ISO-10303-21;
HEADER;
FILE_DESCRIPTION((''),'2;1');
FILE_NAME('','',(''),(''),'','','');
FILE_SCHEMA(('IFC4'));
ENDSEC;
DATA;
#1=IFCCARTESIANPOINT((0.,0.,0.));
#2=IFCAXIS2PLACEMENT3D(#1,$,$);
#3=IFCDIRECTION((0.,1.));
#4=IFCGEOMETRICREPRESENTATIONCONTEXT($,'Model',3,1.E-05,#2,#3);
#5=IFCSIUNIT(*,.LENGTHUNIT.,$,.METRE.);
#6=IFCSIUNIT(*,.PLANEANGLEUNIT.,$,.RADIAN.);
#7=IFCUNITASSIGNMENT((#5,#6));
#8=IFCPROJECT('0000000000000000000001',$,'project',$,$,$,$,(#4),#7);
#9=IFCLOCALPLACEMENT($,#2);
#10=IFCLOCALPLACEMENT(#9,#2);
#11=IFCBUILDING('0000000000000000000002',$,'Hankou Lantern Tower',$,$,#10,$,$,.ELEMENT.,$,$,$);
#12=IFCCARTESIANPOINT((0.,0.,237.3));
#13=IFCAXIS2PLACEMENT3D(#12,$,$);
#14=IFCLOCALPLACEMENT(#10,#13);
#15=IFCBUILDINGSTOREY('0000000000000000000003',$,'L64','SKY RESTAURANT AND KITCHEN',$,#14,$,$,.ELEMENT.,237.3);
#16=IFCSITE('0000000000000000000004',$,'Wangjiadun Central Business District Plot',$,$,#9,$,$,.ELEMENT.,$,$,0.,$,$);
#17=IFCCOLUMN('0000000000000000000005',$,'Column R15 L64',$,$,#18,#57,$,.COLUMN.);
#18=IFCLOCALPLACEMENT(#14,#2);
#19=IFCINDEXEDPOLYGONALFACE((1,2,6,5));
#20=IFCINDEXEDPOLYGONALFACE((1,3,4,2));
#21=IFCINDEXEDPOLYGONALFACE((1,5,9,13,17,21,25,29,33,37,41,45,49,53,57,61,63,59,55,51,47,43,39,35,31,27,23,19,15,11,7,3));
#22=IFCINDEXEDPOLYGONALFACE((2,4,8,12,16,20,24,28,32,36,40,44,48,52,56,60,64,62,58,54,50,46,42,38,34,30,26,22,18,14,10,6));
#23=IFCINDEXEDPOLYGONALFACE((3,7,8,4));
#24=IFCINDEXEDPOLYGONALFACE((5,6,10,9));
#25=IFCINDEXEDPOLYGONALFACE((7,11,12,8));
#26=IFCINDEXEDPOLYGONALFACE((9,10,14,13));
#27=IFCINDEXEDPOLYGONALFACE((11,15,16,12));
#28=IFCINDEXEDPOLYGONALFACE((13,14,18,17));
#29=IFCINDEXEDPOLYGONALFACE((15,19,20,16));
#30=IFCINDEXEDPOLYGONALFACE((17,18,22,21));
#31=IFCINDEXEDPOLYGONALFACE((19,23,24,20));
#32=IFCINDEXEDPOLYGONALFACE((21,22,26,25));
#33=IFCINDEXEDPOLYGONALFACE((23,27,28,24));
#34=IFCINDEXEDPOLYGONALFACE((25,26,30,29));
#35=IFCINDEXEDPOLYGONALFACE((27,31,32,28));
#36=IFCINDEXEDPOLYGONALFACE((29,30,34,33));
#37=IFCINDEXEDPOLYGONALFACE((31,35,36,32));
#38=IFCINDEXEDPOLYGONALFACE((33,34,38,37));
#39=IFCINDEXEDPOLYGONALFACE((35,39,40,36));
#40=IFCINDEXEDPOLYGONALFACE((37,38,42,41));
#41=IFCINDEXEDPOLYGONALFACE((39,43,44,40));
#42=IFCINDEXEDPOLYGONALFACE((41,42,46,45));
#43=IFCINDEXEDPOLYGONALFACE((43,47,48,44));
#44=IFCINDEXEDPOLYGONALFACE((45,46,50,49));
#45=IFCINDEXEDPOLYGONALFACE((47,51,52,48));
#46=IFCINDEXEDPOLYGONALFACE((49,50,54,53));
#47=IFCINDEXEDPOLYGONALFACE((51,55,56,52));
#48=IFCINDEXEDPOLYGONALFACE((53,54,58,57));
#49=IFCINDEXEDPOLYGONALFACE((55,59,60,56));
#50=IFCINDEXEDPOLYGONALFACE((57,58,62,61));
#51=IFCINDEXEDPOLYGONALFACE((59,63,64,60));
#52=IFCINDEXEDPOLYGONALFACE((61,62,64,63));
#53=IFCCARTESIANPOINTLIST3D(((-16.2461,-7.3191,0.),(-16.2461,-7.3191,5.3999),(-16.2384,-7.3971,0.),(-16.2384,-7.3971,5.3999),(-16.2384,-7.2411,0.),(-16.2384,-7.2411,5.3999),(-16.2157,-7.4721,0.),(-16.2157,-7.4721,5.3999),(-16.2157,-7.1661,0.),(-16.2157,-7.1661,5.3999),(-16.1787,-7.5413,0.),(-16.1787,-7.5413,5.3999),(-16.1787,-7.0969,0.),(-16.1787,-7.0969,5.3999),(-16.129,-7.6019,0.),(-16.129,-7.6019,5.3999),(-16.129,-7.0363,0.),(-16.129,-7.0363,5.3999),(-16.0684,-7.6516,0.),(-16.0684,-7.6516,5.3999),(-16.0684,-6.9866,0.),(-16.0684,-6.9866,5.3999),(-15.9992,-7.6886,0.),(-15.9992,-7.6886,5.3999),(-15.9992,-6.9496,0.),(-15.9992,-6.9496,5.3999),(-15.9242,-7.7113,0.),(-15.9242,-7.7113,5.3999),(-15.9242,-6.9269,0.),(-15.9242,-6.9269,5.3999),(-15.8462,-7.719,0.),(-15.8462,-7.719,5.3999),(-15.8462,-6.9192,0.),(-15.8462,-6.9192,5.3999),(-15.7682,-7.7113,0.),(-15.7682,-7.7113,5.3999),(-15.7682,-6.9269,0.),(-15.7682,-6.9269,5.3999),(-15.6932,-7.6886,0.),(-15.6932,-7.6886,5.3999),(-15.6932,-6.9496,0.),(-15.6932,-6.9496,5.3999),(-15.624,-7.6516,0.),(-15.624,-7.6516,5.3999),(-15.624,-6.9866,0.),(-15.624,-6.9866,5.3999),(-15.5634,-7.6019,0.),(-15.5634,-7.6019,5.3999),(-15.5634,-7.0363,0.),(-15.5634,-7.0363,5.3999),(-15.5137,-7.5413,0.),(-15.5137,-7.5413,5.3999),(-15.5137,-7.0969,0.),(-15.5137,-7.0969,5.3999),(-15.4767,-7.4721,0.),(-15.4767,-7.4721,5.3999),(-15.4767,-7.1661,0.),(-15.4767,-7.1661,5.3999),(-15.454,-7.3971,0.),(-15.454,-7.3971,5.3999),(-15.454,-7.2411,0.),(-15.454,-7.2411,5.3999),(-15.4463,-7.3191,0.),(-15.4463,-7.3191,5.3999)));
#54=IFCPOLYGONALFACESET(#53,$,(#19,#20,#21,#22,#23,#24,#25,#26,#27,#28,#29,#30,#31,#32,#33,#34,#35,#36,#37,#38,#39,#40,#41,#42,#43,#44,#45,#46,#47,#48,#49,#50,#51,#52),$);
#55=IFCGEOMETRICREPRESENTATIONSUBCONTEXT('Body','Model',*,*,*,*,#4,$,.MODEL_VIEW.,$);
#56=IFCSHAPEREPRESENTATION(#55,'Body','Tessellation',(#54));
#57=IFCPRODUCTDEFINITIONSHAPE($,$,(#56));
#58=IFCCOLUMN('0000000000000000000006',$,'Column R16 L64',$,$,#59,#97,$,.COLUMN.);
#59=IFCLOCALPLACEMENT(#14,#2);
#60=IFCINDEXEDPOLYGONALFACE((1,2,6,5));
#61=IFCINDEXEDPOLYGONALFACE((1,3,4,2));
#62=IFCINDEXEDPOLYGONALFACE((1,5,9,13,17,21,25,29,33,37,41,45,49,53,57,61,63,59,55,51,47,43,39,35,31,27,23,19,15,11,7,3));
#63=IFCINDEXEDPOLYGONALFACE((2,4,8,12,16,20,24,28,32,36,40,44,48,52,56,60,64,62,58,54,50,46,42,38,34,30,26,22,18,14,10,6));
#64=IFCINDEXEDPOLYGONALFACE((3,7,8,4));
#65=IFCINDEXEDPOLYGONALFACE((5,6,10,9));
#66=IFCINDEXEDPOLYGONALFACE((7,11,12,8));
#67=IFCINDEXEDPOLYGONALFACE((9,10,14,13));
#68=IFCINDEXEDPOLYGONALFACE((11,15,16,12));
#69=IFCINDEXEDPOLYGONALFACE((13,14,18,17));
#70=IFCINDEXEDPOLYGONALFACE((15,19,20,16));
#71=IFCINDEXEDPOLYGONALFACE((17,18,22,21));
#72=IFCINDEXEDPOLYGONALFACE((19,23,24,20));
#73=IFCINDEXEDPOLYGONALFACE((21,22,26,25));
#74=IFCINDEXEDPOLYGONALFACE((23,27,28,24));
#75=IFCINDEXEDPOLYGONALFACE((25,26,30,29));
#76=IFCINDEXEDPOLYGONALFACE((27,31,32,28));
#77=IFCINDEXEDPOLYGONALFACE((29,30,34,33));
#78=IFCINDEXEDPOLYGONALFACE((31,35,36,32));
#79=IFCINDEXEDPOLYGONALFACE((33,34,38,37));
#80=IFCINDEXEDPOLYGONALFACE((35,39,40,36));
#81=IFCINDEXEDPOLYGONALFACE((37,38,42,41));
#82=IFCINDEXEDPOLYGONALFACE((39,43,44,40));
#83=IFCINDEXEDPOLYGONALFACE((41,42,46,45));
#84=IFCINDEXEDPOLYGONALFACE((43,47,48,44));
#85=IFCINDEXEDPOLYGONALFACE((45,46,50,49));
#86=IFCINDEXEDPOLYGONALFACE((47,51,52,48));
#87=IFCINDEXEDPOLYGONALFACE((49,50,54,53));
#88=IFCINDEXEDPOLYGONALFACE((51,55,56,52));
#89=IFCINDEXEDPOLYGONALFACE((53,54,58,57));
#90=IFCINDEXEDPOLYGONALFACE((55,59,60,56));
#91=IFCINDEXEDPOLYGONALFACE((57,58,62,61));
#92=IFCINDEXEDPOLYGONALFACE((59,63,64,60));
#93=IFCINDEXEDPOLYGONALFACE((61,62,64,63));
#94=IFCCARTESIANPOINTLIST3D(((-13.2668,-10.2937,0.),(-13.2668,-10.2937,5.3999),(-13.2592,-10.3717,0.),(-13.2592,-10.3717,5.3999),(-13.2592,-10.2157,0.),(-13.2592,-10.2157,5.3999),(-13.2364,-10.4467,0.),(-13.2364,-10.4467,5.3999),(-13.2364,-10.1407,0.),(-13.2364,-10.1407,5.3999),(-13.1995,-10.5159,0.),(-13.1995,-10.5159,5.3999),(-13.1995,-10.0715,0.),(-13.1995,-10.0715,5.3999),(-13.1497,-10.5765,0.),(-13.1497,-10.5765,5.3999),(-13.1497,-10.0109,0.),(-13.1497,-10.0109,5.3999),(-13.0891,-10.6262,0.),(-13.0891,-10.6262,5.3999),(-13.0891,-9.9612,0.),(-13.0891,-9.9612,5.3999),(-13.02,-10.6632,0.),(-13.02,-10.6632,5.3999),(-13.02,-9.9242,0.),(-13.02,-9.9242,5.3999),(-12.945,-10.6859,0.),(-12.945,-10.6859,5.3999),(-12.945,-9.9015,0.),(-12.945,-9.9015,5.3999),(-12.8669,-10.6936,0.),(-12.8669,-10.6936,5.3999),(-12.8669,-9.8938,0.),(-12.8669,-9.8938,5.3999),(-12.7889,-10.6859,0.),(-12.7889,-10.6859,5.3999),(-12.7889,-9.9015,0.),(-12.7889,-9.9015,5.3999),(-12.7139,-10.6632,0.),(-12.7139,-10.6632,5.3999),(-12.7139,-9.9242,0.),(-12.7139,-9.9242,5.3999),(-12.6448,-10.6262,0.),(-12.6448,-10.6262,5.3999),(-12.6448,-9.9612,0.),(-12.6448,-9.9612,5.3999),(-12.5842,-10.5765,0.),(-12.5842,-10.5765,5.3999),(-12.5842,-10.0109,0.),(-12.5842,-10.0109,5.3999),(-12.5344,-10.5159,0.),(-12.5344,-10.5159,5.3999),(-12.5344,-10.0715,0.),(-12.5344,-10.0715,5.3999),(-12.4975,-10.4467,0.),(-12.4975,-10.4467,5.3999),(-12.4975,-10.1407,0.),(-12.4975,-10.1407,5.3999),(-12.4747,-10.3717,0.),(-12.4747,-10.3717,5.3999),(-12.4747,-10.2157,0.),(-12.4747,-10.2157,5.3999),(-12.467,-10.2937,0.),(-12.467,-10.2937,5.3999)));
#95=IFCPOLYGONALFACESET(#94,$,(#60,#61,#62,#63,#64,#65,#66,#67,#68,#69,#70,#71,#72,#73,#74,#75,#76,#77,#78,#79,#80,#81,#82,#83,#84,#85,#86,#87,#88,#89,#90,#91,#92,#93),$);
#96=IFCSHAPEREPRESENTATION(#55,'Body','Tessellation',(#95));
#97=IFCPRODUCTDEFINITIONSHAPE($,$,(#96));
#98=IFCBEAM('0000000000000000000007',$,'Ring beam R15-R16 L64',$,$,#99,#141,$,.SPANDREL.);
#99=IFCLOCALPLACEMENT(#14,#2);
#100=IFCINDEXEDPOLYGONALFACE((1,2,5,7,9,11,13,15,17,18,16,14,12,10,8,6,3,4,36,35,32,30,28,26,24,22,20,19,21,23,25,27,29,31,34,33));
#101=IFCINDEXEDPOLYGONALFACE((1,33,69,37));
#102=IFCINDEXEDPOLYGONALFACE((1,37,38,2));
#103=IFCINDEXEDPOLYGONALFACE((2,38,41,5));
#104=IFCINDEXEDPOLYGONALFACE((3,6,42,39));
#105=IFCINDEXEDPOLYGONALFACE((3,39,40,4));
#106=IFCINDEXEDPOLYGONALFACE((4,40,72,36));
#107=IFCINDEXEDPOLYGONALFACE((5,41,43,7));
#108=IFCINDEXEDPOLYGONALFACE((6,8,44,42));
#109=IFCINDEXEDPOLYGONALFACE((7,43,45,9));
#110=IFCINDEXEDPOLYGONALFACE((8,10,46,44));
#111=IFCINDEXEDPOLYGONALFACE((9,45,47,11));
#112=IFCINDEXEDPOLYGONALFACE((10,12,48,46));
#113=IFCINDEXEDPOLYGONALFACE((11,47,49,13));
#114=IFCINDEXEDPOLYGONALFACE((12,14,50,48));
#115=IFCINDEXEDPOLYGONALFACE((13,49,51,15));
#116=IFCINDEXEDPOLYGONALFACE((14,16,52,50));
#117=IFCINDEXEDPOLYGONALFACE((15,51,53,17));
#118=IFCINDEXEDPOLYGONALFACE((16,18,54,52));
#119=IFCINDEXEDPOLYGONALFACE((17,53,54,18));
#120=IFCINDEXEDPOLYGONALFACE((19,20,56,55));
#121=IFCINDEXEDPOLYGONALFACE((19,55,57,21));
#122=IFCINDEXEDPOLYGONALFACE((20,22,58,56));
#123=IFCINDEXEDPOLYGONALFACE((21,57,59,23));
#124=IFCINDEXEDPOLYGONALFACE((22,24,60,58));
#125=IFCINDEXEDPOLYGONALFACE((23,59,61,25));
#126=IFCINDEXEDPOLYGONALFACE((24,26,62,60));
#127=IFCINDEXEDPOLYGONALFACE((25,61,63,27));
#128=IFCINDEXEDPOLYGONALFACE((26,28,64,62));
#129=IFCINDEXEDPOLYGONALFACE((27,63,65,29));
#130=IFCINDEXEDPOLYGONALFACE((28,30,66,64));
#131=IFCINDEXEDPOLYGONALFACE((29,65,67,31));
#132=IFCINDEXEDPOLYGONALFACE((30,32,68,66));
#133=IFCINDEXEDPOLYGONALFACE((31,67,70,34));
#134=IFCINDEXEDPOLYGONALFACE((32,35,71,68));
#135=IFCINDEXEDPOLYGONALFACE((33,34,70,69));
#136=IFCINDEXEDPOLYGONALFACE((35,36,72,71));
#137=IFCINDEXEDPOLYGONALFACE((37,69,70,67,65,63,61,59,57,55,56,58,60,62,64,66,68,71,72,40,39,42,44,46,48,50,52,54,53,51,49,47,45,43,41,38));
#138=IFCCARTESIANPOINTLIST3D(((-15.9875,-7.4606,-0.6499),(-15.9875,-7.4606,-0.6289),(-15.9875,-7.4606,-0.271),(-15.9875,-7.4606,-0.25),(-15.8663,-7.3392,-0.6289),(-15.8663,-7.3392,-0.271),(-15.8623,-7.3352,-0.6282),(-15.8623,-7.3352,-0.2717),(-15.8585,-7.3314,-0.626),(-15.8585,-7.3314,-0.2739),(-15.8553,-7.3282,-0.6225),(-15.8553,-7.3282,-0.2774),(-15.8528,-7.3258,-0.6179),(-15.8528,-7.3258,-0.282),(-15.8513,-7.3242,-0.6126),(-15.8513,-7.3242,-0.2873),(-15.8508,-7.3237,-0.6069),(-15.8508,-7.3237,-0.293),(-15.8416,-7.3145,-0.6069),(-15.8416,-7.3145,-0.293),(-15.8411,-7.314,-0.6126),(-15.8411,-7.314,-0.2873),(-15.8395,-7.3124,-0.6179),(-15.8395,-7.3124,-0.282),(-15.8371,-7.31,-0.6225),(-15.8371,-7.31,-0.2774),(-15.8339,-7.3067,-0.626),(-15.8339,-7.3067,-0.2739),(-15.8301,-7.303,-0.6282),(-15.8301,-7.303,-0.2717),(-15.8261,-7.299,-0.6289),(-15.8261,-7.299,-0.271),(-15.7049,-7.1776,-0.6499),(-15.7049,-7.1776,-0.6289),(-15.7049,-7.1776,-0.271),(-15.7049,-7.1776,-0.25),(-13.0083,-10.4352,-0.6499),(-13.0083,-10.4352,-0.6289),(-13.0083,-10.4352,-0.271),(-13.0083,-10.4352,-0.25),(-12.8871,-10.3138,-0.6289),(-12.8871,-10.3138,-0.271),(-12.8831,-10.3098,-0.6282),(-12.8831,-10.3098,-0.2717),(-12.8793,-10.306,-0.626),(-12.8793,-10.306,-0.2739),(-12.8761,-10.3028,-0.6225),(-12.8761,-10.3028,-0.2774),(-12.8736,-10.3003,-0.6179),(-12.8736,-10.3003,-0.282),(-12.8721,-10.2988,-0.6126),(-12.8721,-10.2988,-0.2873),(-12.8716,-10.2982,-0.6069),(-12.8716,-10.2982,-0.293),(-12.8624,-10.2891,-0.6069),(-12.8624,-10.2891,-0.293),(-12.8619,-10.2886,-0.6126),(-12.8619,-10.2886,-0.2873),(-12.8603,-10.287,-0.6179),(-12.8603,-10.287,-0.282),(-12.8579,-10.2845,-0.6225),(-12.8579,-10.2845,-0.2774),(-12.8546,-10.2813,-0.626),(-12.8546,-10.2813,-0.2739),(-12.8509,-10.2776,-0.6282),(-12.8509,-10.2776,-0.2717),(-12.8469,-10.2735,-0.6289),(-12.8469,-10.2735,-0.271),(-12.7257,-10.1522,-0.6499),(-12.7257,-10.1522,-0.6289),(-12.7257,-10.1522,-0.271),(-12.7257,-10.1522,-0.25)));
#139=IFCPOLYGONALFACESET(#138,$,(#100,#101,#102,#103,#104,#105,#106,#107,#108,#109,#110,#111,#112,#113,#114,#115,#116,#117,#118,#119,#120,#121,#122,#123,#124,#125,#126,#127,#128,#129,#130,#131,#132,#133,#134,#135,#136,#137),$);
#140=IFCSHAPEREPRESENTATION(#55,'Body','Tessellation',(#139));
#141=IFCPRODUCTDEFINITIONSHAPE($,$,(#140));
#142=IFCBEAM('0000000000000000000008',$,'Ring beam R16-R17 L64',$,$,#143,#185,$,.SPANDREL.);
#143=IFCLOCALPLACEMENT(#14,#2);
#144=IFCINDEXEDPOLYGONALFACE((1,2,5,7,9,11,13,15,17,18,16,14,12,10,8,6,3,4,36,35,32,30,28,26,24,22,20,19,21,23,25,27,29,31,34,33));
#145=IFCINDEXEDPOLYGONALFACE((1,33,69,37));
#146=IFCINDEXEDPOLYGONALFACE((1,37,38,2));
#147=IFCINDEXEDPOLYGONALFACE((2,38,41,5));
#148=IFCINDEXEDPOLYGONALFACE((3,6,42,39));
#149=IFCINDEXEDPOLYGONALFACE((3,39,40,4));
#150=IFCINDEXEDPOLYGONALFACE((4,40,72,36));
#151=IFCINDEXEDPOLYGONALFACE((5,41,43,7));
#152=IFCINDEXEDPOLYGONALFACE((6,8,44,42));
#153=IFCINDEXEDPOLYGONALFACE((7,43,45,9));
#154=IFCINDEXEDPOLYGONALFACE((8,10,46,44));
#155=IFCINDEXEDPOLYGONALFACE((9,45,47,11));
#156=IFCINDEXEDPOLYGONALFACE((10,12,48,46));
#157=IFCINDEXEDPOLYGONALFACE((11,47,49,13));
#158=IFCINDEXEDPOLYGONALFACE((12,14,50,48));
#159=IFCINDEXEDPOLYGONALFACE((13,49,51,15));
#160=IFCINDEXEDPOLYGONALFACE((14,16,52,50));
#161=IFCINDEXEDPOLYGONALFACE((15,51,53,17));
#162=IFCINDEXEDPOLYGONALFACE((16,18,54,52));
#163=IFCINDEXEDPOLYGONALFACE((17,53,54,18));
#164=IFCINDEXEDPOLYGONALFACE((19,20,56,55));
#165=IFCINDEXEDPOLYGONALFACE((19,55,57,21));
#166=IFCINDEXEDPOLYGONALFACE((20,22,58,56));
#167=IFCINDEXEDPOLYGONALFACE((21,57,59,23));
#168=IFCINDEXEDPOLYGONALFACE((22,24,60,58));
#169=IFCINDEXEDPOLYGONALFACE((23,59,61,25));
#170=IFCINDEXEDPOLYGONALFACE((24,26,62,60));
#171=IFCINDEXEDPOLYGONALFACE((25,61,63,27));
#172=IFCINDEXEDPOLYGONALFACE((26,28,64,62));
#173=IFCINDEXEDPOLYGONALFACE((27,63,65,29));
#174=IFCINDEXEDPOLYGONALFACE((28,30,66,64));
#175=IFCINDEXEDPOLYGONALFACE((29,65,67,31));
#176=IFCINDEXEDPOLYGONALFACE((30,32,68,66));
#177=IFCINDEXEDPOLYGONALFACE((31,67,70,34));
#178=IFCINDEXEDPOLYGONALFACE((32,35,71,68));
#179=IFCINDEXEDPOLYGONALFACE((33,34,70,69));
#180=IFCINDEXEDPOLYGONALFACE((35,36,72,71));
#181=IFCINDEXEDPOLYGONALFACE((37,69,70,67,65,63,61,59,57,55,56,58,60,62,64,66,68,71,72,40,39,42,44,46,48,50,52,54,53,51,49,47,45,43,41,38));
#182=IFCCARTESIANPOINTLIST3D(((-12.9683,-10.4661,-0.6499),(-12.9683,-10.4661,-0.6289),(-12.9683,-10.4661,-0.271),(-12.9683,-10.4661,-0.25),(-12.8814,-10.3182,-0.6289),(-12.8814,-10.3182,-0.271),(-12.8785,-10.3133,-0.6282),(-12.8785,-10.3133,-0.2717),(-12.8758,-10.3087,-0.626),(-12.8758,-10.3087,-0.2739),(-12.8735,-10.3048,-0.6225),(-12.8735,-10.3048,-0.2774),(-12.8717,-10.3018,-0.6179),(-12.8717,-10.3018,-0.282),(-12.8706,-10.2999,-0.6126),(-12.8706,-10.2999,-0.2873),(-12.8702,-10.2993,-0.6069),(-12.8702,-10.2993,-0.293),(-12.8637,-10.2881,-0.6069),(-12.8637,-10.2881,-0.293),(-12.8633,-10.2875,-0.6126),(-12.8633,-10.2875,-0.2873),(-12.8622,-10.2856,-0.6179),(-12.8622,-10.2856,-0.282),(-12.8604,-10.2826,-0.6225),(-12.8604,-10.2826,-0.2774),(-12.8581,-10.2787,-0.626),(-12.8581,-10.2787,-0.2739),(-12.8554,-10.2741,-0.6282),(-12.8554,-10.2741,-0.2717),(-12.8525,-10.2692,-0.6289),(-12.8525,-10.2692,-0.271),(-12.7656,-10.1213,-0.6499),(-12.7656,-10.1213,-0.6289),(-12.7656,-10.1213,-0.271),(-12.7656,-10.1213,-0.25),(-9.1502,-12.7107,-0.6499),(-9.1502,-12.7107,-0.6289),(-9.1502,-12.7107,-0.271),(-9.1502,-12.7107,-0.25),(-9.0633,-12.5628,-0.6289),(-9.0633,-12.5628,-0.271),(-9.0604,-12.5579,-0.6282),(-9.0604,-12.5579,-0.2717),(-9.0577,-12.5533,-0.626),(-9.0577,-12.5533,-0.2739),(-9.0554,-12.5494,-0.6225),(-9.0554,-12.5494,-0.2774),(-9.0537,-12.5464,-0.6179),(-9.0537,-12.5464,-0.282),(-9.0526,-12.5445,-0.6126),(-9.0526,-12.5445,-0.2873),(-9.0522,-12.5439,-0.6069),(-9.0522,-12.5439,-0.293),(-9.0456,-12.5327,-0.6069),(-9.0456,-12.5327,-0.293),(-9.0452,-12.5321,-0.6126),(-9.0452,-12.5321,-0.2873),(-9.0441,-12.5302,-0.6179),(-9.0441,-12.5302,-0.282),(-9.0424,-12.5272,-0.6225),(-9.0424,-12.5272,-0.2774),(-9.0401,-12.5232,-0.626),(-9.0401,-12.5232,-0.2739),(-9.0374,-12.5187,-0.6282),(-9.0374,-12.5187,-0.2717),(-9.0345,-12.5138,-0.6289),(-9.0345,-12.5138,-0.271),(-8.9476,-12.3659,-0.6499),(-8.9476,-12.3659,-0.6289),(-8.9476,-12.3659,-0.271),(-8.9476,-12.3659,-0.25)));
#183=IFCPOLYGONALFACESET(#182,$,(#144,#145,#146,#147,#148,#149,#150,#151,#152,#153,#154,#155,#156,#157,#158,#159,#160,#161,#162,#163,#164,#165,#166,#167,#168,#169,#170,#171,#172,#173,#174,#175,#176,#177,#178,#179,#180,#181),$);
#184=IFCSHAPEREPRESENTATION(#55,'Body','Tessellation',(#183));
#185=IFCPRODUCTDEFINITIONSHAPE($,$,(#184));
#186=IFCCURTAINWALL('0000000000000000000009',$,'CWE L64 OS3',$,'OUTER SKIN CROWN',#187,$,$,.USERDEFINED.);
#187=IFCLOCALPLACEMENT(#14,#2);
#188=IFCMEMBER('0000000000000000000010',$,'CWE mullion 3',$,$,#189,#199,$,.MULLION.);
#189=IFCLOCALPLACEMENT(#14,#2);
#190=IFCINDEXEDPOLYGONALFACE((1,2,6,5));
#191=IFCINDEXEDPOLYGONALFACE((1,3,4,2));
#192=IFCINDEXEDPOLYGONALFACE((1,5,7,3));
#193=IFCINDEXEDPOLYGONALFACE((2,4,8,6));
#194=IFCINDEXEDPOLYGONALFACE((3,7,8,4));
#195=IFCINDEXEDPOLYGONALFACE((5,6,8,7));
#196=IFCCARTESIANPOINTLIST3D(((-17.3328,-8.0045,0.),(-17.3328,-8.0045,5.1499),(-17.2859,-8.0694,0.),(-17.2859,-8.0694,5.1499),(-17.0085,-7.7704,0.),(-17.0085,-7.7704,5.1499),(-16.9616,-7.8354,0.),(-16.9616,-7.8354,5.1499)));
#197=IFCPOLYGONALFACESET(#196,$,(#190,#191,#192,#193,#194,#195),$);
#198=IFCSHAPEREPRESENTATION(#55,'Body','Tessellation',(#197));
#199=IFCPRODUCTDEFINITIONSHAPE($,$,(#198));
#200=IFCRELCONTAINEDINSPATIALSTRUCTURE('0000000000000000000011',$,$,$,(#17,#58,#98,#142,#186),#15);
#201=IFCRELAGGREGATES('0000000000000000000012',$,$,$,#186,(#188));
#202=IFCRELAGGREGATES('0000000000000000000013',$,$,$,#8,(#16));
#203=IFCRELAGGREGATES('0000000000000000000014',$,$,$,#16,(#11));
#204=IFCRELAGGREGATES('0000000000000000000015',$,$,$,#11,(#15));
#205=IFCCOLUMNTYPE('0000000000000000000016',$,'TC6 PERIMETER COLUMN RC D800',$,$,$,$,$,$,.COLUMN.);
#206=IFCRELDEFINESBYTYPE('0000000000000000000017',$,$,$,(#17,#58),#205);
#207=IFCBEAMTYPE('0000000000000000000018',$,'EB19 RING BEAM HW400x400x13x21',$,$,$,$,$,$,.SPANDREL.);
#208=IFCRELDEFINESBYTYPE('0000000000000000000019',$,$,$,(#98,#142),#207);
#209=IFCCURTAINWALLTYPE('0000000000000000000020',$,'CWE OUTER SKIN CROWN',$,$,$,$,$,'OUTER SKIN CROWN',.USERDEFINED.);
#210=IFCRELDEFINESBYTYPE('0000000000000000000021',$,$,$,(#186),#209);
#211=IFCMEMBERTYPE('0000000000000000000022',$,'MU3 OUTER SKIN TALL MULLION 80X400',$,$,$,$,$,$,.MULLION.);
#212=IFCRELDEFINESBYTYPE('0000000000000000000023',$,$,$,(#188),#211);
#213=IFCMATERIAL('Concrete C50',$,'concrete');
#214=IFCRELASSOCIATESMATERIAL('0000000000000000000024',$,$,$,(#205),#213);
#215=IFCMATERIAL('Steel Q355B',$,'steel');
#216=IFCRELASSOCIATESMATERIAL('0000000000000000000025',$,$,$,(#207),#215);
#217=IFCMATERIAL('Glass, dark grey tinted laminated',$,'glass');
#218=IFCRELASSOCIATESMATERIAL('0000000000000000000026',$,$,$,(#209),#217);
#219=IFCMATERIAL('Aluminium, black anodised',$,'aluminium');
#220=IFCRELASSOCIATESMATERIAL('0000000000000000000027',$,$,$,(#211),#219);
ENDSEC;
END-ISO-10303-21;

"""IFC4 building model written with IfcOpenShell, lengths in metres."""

from ifc_helpers import new_model, si_unit, direction, frame, origin, origin_2d, place, context, subcontext, project, spatial, rectangle, circle, i_section, extrude, material, material_profile, profile_set, type_object, element, aggregate, save


model = new_model("IFC4")

# Units and contexts
model_context = context("Model", 3, precision=1e-05, world=origin(), true_north=direction((0.0, 1.0)))
body_context = subcontext(model_context, "Body", "Model", "MODEL_VIEW")
ifc_project = project(units=[si_unit("LENGTHUNIT", "METRE"), si_unit("PLANEANGLEUNIT", "RADIAN")], contexts=[model_context])

# Site, building, storey
site_placement = place(None, origin())
site = spatial("IfcSite", under=ifc_project, at=site_placement, Name="Wangjiadun Central Business District Plot", CompositionType="ELEMENT", RefElevation=0.0)
building_placement = place(site_placement, origin())
building = spatial("IfcBuilding", under=site, at=building_placement, Name="Hankou Lantern Tower", CompositionType="ELEMENT")
storey_placement = place(building_placement, frame((0.0, 0.0, 237.3)))
storey = spatial("IfcBuildingStorey", under=building, at=storey_placement, Name="L64", Description="SKY RESTAURANT AND KITCHEN", CompositionType="ELEMENT", Elevation=237.3)

# Columns
ifc_material_1 = material(Name="Concrete C50", Category="concrete")
ifc_material_profile_1 = material_profile(ifc_material_1, circle(Radius=0.3999, at=origin_2d()), Name="RC D800")
ifc_profile_set_1 = profile_set([ifc_material_profile_1], Name="Concrete C50")
column_type = type_object("IfcColumnType", Name="TC6 PERIMETER COLUMN RC D800", PredefinedType="COLUMN", material=ifc_profile_set_1)
for number, where, z_axis, x_axis, name in (
    (1, (-15.8462, -7.3191, 0.0), (0.0, 0.0, 1.0), (1.0, 0.0, 0.0), "Column R15 L64"),
    (2, (-12.8669, -10.2937, 0.0), (0.0, 0.0, 1.0), (1.0, 0.0, 0.0), "Column R16 L64"),
):
    element("IfcColumn", number, at=place(storey_placement, frame(where, z_axis=z_axis, x_axis=x_axis)), inside=storey, type_object=column_type, Name=name, PredefinedType="COLUMN", context=body_context, shape_type="SweptSolid", body=[
        extrude(circle(Radius=0.3999, at=origin_2d()), origin(), (0.0, 0.0, 1.0), 5.3999),
    ])

# Beams
ifc_material_2 = material(Name="Steel Q355B", Category="steel")
ifc_material_profile_2 = material_profile(ifc_material_2, i_section(OverallWidth=0.3999, OverallDepth=0.3999, WebThickness=0.0129, FlangeThickness=0.021, FilletRadius=0.022, at=origin_2d()), Name="HW400x400x13x21")
ifc_profile_set_2 = profile_set([ifc_material_profile_2], Name="Steel Q355B")
beam_type_1 = type_object("IfcBeamType", Name="EB19 RING BEAM HW400x400x13x21", PredefinedType="SPANDREL", material=ifc_profile_set_2)
beam_1_placement = place(storey_placement, frame((-15.8462, -7.3191, -0.45), z_axis=(0.707657, -0.706556, 0.0), x_axis=(0.706556, 0.707657, 0.0)))
element("IfcBeam", 3, at=beam_1_placement, inside=storey, type_object=beam_type_1, Name="Ring beam R15-R16 L64", PredefinedType="SPANDREL", context=body_context, shape_type="SweptSolid", body=[
    extrude(i_section(OverallWidth=0.3999, OverallDepth=0.3999, WebThickness=0.0129, FlangeThickness=0.021, FilletRadius=0.022, at=origin_2d()), origin(), (0.0, 0.0, 1.0), 4.21),
])
beam_2_placement = place(storey_placement, frame((-12.8669, -10.2937, -0.45), z_axis=(0.862065, -0.506798, 0.0), x_axis=(0.506798, 0.862065, 0.0)))
element("IfcBeam", 4, at=beam_2_placement, inside=storey, type_object=beam_type_1, Name="Ring beam R16-R17 L64", PredefinedType="SPANDREL", context=body_context, shape_type="SweptSolid", body=[
    extrude(i_section(OverallWidth=0.3999, OverallDepth=0.3999, WebThickness=0.0129, FlangeThickness=0.021, FilletRadius=0.022, at=origin_2d()), origin(), (0.0, 0.0, 1.0), 4.429),
])

# Curtain wall, member
ifc_material_3 = material(Name="Glass, dark grey tinted laminated", Category="glass")
curtain_wall_type = type_object("IfcCurtainWallType", Name="CWE OUTER SKIN CROWN", ElementType="OUTER SKIN CROWN", PredefinedType="USERDEFINED", material=ifc_material_3)
curtain_wall_placement = place(storey_placement, origin())
curtain_wall = element("IfcCurtainWall", 5, at=curtain_wall_placement, inside=storey, type_object=curtain_wall_type, Name="CWE L64 OS3", ObjectType="OUTER SKIN CROWN", PredefinedType="USERDEFINED")
ifc_material_4 = material(Name="Aluminium, black anodised", Category="aluminium")
ifc_material_profile_3 = material_profile(ifc_material_4, rectangle(XDim=0.0801, YDim=0.3999, at=origin_2d()), Name="MU3 80X400")
ifc_profile_set_3 = profile_set([ifc_material_profile_3], Name="Aluminium, black anodised")
member_type_1 = type_object("IfcMemberType", Name="MU3 OUTER SKIN TALL MULLION 80X400", PredefinedType="MULLION", material=ifc_profile_set_3)
member_1_placement = place(storey_placement, frame((-17.1472, -7.9199, 0.0), z_axis=(0.0, 0.0, 1.0), x_axis=(0.585206, -0.810885, 0.0)))
member_1 = element("IfcMember", 6, at=member_1_placement, type_object=member_type_1, Name="CWE mullion 3", PredefinedType="MULLION", context=body_context, shape_type="SweptSolid", body=[
    extrude(rectangle(XDim=0.0801, YDim=0.3999, at=origin_2d()), origin(), (0.0, 0.0, 1.0), 5.1499),
])

aggregate(curtain_wall, [member_1])

save(model, "model.ifc")
